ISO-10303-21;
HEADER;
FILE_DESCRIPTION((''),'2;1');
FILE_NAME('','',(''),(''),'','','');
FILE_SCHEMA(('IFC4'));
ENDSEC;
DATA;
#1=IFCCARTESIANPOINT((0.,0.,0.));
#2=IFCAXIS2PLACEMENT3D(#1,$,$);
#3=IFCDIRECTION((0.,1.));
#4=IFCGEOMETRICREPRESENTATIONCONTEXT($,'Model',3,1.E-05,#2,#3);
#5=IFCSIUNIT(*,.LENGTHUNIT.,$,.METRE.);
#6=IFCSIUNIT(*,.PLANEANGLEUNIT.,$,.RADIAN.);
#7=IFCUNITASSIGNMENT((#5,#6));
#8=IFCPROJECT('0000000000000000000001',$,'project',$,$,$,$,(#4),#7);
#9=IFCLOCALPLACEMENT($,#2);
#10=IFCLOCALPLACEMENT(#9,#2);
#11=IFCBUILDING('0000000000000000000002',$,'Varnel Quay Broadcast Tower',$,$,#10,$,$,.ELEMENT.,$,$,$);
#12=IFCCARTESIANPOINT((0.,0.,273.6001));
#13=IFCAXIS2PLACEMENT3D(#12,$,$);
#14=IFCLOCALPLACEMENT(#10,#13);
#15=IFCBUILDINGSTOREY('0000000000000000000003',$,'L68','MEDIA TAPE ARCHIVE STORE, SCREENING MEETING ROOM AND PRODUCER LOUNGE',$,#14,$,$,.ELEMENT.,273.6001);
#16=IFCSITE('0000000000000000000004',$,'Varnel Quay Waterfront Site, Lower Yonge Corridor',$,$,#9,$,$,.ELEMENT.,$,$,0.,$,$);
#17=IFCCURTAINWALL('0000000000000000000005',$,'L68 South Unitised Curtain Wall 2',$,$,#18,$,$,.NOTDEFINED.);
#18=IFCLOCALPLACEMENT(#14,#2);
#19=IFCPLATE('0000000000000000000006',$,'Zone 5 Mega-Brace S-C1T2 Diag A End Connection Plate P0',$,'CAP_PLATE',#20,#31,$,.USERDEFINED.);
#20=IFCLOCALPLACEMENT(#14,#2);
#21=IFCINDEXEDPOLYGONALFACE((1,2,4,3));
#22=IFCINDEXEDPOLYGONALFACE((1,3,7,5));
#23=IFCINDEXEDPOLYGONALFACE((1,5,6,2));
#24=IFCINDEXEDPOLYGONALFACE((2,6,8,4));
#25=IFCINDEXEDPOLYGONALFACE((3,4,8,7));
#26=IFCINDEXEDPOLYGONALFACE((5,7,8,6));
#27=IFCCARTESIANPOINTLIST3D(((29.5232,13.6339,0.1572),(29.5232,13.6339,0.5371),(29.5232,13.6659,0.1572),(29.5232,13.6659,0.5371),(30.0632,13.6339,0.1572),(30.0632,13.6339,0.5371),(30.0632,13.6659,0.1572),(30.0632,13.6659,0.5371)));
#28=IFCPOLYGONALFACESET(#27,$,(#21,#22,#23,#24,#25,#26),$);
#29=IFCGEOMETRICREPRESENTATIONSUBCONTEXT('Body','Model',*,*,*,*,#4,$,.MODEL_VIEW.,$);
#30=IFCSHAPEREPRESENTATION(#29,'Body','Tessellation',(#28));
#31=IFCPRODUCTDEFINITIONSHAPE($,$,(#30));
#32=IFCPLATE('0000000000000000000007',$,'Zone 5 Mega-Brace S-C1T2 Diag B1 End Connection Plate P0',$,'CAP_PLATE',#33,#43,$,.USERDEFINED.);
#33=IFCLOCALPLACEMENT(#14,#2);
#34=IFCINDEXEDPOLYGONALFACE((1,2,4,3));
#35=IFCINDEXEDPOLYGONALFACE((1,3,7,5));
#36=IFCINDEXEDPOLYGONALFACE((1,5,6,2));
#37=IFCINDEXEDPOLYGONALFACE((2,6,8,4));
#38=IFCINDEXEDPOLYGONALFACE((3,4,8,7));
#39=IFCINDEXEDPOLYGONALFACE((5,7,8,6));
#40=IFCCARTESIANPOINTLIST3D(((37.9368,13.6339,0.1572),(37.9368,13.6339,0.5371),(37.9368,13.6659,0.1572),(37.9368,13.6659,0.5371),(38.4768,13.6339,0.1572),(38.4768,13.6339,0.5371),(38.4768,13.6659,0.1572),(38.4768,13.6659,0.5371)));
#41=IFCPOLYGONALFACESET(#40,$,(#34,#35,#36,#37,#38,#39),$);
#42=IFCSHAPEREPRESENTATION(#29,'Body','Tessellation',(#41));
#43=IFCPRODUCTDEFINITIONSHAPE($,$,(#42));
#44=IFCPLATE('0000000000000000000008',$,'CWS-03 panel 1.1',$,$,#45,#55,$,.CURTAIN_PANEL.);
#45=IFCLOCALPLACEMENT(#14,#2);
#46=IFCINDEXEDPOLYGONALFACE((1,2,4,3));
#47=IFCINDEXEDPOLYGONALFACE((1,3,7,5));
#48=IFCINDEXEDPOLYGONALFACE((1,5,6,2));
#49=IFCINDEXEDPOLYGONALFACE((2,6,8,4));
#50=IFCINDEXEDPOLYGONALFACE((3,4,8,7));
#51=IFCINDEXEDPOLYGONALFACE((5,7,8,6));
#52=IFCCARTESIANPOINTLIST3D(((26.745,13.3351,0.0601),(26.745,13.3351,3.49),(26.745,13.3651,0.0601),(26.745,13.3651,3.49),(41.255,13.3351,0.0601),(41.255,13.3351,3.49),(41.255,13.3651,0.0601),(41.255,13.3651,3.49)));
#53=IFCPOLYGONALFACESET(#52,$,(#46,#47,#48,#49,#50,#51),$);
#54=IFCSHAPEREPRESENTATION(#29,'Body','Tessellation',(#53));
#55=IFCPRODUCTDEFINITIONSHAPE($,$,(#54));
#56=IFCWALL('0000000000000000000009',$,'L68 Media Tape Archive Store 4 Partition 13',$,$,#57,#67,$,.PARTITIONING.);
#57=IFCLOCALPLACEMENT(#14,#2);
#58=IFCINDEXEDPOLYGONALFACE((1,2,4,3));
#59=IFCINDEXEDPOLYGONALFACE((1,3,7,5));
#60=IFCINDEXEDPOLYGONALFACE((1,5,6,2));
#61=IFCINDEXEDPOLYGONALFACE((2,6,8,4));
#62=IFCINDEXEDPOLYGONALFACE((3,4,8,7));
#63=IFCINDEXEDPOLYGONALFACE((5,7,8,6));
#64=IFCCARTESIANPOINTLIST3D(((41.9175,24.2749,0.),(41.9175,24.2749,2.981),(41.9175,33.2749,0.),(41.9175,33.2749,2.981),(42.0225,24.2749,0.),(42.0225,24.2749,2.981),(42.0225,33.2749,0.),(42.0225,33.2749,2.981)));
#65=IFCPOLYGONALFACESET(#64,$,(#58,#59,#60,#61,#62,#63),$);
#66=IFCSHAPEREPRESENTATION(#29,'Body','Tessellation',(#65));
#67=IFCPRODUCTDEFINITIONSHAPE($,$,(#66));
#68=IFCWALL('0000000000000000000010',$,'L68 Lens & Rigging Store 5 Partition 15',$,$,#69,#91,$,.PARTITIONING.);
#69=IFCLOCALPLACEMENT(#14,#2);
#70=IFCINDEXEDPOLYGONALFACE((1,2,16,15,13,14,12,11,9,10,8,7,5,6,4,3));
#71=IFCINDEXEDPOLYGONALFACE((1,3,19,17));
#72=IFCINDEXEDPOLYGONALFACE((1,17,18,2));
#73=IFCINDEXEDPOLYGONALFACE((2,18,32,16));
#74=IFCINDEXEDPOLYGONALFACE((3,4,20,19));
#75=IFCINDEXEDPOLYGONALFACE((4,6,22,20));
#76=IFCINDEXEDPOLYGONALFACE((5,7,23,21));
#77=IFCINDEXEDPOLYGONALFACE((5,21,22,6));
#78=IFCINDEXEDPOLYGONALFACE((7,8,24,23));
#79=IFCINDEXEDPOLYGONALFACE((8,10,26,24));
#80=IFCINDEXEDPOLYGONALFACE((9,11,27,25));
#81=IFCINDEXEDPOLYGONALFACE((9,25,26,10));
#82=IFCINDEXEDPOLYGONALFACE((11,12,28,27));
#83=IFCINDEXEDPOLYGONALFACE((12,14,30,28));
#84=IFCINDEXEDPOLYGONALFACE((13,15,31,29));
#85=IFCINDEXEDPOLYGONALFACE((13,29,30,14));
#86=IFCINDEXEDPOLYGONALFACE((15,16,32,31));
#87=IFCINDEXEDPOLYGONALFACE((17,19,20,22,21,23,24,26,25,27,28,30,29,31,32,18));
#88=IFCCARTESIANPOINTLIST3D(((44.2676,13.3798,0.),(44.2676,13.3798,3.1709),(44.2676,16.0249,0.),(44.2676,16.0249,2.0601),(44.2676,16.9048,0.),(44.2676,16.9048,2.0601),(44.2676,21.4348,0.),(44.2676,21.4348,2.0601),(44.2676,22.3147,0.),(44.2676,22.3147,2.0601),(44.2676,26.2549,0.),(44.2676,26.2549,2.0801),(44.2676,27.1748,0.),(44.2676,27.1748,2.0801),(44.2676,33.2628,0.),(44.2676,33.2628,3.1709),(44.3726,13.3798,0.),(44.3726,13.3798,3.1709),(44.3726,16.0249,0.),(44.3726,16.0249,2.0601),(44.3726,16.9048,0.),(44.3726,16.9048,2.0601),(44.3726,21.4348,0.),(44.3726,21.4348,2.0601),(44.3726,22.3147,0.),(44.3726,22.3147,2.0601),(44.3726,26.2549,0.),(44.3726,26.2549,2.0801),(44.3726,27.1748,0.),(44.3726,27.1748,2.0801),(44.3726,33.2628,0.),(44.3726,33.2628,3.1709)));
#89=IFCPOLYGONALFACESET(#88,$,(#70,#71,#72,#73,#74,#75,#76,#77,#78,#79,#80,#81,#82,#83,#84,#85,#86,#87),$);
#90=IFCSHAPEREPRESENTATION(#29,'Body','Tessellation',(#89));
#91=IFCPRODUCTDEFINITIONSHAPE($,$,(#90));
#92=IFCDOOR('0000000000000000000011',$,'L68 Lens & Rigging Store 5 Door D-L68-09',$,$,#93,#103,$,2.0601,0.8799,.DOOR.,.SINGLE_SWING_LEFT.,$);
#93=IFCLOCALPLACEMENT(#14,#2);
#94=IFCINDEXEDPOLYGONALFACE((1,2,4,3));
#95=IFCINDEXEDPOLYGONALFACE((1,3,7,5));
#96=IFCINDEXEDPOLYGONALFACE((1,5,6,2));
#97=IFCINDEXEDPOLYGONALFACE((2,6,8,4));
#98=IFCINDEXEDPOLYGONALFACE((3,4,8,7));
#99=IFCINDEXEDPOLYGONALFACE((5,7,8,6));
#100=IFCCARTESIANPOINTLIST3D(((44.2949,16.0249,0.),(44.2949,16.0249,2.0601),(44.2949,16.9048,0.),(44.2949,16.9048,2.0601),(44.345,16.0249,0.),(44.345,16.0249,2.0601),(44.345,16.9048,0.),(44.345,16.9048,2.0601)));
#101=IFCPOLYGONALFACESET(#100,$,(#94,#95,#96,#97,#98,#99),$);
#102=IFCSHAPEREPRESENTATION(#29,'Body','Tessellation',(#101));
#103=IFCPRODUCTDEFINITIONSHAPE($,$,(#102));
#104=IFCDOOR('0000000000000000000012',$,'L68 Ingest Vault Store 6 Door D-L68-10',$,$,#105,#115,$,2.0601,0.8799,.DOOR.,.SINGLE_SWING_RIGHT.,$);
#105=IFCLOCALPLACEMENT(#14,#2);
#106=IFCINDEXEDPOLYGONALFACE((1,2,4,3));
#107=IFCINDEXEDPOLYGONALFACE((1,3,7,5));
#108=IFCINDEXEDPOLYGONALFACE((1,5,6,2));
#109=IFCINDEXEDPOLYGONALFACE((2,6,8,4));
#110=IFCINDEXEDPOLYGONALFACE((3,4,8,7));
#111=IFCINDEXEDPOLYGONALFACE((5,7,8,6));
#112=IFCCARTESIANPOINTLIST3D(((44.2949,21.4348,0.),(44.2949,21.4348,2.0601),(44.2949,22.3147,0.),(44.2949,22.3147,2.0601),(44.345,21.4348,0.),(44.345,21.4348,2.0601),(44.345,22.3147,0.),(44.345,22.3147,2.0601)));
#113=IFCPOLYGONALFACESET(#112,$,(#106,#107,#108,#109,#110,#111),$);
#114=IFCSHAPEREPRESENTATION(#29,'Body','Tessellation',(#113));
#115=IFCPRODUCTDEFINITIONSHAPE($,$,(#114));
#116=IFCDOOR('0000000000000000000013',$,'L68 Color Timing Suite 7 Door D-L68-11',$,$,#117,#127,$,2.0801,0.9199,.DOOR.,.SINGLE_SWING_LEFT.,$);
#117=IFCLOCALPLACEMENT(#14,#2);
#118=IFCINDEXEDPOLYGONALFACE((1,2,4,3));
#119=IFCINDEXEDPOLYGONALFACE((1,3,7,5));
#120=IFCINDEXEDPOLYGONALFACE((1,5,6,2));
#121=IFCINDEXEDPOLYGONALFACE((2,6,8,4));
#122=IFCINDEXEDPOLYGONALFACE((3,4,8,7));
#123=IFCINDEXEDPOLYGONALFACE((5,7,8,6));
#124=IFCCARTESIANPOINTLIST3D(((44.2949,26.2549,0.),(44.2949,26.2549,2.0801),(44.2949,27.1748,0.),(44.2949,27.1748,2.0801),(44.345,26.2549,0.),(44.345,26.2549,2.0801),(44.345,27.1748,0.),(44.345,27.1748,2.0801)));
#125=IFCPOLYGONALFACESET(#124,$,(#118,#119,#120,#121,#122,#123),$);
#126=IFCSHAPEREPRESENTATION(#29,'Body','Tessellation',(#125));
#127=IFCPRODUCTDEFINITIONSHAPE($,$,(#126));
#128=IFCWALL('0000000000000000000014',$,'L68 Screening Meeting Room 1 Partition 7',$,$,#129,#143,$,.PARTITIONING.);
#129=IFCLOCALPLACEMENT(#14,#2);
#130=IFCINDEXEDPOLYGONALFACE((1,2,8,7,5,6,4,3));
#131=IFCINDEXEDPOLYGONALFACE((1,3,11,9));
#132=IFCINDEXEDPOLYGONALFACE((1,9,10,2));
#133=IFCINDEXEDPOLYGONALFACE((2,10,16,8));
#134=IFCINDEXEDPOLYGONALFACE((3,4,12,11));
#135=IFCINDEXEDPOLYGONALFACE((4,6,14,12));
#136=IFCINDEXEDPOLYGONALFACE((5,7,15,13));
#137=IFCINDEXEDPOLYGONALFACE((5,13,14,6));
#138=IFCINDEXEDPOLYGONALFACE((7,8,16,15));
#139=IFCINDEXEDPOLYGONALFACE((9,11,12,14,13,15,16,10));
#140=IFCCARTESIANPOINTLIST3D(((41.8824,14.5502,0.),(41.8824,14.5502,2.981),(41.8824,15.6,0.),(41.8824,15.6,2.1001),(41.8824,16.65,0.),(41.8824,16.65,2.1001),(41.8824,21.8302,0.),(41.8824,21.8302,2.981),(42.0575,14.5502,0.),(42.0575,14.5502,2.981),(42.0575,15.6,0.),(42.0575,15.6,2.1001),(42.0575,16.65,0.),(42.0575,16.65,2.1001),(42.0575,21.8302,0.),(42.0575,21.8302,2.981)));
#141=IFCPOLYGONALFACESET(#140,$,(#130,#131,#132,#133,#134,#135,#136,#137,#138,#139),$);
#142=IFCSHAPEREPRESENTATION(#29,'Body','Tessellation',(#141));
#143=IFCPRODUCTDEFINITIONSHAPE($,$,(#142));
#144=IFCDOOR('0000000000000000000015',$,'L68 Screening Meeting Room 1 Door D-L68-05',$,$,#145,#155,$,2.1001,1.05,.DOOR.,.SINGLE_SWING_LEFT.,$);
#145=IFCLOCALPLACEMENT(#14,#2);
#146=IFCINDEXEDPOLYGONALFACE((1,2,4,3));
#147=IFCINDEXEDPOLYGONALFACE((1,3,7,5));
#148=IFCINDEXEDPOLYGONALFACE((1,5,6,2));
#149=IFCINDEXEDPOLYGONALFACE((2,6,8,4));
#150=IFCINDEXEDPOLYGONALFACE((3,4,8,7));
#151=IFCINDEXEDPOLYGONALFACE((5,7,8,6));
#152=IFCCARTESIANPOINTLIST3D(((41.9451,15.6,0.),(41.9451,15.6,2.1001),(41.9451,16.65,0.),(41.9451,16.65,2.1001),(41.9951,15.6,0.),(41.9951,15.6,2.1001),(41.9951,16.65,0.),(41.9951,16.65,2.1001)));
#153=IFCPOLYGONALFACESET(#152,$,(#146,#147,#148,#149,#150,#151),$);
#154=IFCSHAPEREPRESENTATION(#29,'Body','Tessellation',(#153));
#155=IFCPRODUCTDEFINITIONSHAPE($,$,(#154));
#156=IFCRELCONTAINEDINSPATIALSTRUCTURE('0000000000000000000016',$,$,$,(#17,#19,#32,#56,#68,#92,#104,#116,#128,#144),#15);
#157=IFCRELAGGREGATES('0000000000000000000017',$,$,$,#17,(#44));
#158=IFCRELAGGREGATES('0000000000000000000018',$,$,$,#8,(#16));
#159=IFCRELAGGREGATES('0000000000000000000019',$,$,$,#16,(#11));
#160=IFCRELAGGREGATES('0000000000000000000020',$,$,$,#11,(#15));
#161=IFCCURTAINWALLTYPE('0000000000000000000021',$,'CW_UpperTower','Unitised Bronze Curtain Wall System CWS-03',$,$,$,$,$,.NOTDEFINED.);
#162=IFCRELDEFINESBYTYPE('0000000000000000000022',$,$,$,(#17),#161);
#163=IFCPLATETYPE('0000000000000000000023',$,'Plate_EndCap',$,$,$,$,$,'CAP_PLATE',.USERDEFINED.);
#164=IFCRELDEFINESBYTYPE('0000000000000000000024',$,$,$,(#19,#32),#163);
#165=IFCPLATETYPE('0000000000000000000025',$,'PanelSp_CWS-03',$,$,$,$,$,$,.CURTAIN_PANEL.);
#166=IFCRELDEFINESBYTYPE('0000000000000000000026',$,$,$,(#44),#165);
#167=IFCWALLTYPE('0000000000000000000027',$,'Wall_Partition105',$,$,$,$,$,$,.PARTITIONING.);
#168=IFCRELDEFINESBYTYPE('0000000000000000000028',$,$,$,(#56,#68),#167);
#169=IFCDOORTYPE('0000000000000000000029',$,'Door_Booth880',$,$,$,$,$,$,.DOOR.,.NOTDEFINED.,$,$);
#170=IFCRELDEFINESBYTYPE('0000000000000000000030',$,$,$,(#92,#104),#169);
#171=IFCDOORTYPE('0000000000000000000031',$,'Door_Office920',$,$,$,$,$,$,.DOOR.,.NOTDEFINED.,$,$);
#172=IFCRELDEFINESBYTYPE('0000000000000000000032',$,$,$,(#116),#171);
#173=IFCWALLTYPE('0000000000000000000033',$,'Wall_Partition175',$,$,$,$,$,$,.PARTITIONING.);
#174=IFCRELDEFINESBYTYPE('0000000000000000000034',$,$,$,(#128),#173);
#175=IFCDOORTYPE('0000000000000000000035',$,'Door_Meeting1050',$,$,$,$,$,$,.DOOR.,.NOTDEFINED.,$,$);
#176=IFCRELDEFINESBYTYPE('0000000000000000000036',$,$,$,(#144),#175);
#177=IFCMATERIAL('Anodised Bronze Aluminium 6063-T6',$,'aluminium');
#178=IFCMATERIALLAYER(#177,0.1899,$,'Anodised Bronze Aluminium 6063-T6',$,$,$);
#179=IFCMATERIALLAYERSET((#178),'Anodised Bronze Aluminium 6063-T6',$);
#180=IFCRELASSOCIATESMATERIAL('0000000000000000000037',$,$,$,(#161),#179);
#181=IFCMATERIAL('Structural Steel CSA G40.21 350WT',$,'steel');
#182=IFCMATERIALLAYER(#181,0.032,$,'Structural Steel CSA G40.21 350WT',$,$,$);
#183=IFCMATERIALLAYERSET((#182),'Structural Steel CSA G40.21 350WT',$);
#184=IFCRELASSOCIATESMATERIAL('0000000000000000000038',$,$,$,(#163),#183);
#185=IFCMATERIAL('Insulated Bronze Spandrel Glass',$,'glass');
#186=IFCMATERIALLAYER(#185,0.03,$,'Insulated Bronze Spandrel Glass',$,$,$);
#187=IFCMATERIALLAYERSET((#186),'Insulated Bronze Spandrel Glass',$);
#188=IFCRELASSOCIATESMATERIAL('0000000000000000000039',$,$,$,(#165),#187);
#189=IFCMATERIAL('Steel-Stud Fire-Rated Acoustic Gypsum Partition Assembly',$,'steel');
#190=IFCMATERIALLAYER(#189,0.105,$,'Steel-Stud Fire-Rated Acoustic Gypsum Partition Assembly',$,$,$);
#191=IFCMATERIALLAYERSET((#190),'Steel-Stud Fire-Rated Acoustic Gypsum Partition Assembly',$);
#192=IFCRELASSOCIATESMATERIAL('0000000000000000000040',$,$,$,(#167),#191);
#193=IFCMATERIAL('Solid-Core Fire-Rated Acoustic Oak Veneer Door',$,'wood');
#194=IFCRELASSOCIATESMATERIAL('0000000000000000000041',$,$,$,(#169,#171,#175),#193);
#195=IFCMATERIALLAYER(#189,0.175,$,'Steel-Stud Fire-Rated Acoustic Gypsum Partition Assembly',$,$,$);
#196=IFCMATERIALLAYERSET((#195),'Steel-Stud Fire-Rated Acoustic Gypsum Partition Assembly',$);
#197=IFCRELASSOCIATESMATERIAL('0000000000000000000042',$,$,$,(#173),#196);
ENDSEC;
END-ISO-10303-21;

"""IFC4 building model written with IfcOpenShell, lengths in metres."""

from ifc_helpers import new_model, si_unit, direction, frame, frame_2d, origin, origin_2d, place, context, subcontext, project, spatial, rectangle, extrude, source, transform, mapped, material, layer, layer_set, type_object, type_shapes, element, fill, aggregate, save


model = new_model("IFC4")

# Units and contexts
model_context = context("Model", 3, precision=1e-05, world=origin(), true_north=direction((0.0, 1.0)))
body_context = subcontext(model_context, "Body", "Model", "MODEL_VIEW")
ifc_project = project(units=[si_unit("LENGTHUNIT", "METRE"), si_unit("PLANEANGLEUNIT", "RADIAN")], contexts=[model_context])

# Site, building, storey
site_placement = place(None, origin())
site = spatial("IfcSite", under=ifc_project, at=site_placement, Name="Varnel Quay Waterfront Site, Lower Yonge Corridor", CompositionType="ELEMENT", RefElevation=0.0)
building_placement = place(site_placement, origin())
building = spatial("IfcBuilding", under=site, at=building_placement, Name="Varnel Quay Broadcast Tower", CompositionType="ELEMENT")
storey_placement = place(building_placement, frame((0.0, 0.0, 273.6001)))
storey = spatial("IfcBuildingStorey", under=building, at=storey_placement, Name="L68", Description="MEDIA TAPE ARCHIVE STORE, SCREENING MEETING ROOM AND PRODUCER LOUNGE", CompositionType="ELEMENT", Elevation=273.6001)

# Curtain wall
ifc_material_1 = material(Name="Anodised Bronze Aluminium 6063-T6", Category="aluminium")
ifc_layer_1 = layer(ifc_material_1, 0.1899, Name="Anodised Bronze Aluminium 6063-T6")
ifc_layer_set_1 = layer_set([ifc_layer_1], Name="Anodised Bronze Aluminium 6063-T6")
curtain_wall_type = type_object("IfcCurtainWallType", Name="CW_UpperTower", Description="Unitised Bronze Curtain Wall System CWS-03", PredefinedType="NOTDEFINED", material=ifc_layer_set_1)
curtain_wall_1_placement = place(storey_placement, origin())
curtain_wall_1 = element("IfcCurtainWall", 1, at=curtain_wall_1_placement, inside=storey, type_object=curtain_wall_type, Name="L68 South Unitised Curtain Wall 2", PredefinedType="NOTDEFINED")

# Plates
ifc_material_2 = material(Name="Structural Steel CSA G40.21 350WT", Category="steel")
ifc_layer_2 = layer(ifc_material_2, 0.032, Name="Structural Steel CSA G40.21 350WT")
ifc_layer_set_2 = layer_set([ifc_layer_2], Name="Structural Steel CSA G40.21 350WT")
plate_type_1 = type_object("IfcPlateType", Name="Plate_EndCap", ElementType="CAP_PLATE", PredefinedType="USERDEFINED", material=ifc_layer_set_2)
shared_shape_1 = source(origin(), body_context, "Body", "SweptSolid", [
    extrude(rectangle(XDim=0.54, YDim=0.032, at=origin_2d()), origin(), (0.0, 0.0, 1.0), 0.3799),
])
type_shapes(plate_type_1, [shared_shape_1])
for number, where, z_axis, x_axis, name in (
    (2, (29.7932, 13.6499, 0.1572), (0.0, 0.0, 1.0), (1.0, 0.0, 0.0), "Zone 5 Mega-Brace S-C1T2 Diag A End Connection Plate P0"),
    (3, (38.2068, 13.6499, 0.1572), (0.0, 0.0, 1.0), (1.0, 0.0, 0.0), "Zone 5 Mega-Brace S-C1T2 Diag B1 End Connection Plate P0"),
):
    element("IfcPlate", number, at=place(storey_placement, frame(where, z_axis=z_axis, x_axis=x_axis)), inside=storey, type_object=plate_type_1, Name=name, ObjectType="CAP_PLATE", PredefinedType="USERDEFINED", context=body_context, shape_type="MappedRepresentation", body=[
        mapped(shared_shape_1, transform((0.0, 0.0, 0.0), x_axis=(1.0, 0.0, 0.0), y_axis=(0.0, 1.0, 0.0), z_axis=(0.0, 0.0, 1.0), scale=1.0)),
    ])

# Plate
ifc_material_3 = material(Name="Insulated Bronze Spandrel Glass", Category="glass")
ifc_layer_3 = layer(ifc_material_3, 0.03, Name="Insulated Bronze Spandrel Glass")
ifc_layer_set_3 = layer_set([ifc_layer_3], Name="Insulated Bronze Spandrel Glass")
plate_type_2 = type_object("IfcPlateType", Name="PanelSp_CWS-03", PredefinedType="CURTAIN_PANEL", material=ifc_layer_set_3)
shared_shape_2 = source(origin(), body_context, "Body", "SweptSolid", [
    extrude(rectangle(XDim=14.51, YDim=0.03, at=origin_2d()), origin(), (0.0, 0.0, 1.0), 3.4299),
])
type_shapes(plate_type_2, [shared_shape_2])
plate_placement = place(storey_placement, frame((34.0, 13.3501, 0.0601), z_axis=(0.0, 0.0, 1.0), x_axis=(1.0, 0.0, 0.0)))
plate = element("IfcPlate", 4, at=plate_placement, type_object=plate_type_2, Name="CWS-03 panel 1.1", PredefinedType="CURTAIN_PANEL", context=body_context, shape_type="MappedRepresentation", body=[
    mapped(shared_shape_2, transform((0.0, 0.0, 0.0), x_axis=(1.0, 0.0, 0.0), y_axis=(0.0, 1.0, 0.0), z_axis=(0.0, 0.0, 1.0), scale=1.0)),
])
aggregate(curtain_wall_1, [plate])

# Wall
ifc_material_4 = material(Name="Steel-Stud Fire-Rated Acoustic Gypsum Partition Assembly", Category="steel")
ifc_layer_4 = layer(ifc_material_4, 0.105, Name="Steel-Stud Fire-Rated Acoustic Gypsum Partition Assembly")
ifc_layer_set_4 = layer_set([ifc_layer_4], Name="Steel-Stud Fire-Rated Acoustic Gypsum Partition Assembly")
wall_type_1 = type_object("IfcWallType", Name="Wall_Partition105", PredefinedType="PARTITIONING", material=ifc_layer_set_4)
wall_1_placement = place(storey_placement, frame((41.97, 24.2749, 0.0), z_axis=(0.0, 0.0, 1.0), x_axis=(0.0, 1.0, 0.0)))
element("IfcWall", 5, at=wall_1_placement, inside=storey, type_object=wall_type_1, Name="L68 Media Tape Archive Store 4 Partition 13", PredefinedType="PARTITIONING", context=body_context, shape_type="SweptSolid", body=[
    extrude(rectangle(XDim=9.0, YDim=0.105, at=frame_2d((4.5, 0.0))), origin(), (0.0, 0.0, 1.0), 2.981),
])

# Wall, openings, doors
wall_2_placement = place(storey_placement, frame((44.3201, 13.3799, 0.0), z_axis=(0.0, 0.0, 1.0), x_axis=(0.0, 1.0, 0.0)))
wall_2 = element("IfcWall", 6, at=wall_2_placement, inside=storey, type_object=wall_type_1, Name="L68 Lens & Rigging Store 5 Partition 15", PredefinedType="PARTITIONING", context=body_context, shape_type="SweptSolid", body=[
    extrude(rectangle(XDim=19.8831, YDim=0.105, at=frame_2d((9.9414, 0.0))), origin(), (0.0, 0.0, 1.0), 3.1709),
])
opening_1_placement = place(wall_2_placement, frame((2.645, 0.0, 0.0)))
opening_1 = element("IfcOpeningElement", 7, at=opening_1_placement, cuts=wall_2, PredefinedType="OPENING", context=body_context, shape_type="SweptSolid", body=[
    extrude(rectangle(XDim=0.8799, YDim=2.0601, at=frame_2d((0.4399, 1.03))), frame((0.0, 0.0625, 0.0), z_axis=(0.0, -1.0, 0.0), x_axis=(1.0, 0.0, 0.0)), (0.0, 0.0, 1.0), 0.125),
])
opening_2_placement = place(wall_2_placement, frame((8.0549, 0.0, 0.0)))
opening_2 = element("IfcOpeningElement", 8, at=opening_2_placement, cuts=wall_2, PredefinedType="OPENING", context=body_context, shape_type="SweptSolid", body=[
    extrude(rectangle(XDim=0.8799, YDim=2.0601, at=frame_2d((0.4399, 1.03))), frame((0.0, 0.0625, 0.0), z_axis=(0.0, -1.0, 0.0), x_axis=(1.0, 0.0, 0.0)), (0.0, 0.0, 1.0), 0.125),
])
opening_3_placement = place(wall_2_placement, frame((12.875, 0.0, 0.0)))
opening_3 = element("IfcOpeningElement", 9, at=opening_3_placement, cuts=wall_2, PredefinedType="OPENING", context=body_context, shape_type="SweptSolid", body=[
    extrude(rectangle(XDim=0.9199, YDim=2.0801, at=frame_2d((0.46, 1.04))), frame((0.0, 0.0625, 0.0), z_axis=(0.0, -1.0, 0.0), x_axis=(1.0, 0.0, 0.0)), (0.0, 0.0, 1.0), 0.125),
])
ifc_material_5 = material(Name="Solid-Core Fire-Rated Acoustic Oak Veneer Door", Category="wood")
door_type_1 = type_object("IfcDoorType", Name="Door_Booth880", OperationType="NOTDEFINED", PredefinedType="DOOR", material=ifc_material_5)
shared_shape_3 = source(origin(), body_context, "Body", "SweptSolid", [
    extrude(rectangle(XDim=0.8799, YDim=2.0601, at=frame_2d((0.4399, 1.03))), frame((0.0, 0.0249, 0.0), z_axis=(0.0, -1.0, 0.0), x_axis=(1.0, 0.0, 0.0)), (0.0, 0.0, 1.0), 0.05),
])
type_shapes(door_type_1, [shared_shape_3])
door_1_placement = place(opening_1_placement, frame((0.8799, 0.0, 0.0), z_axis=(0.0, 0.0, 1.0), x_axis=(-1.0, 0.0, 0.0)))
door_1 = element("IfcDoor", 10, at=door_1_placement, inside=storey, type_object=door_type_1, Name="L68 Lens & Rigging Store 5 Door D-L68-09", OperationType="SINGLE_SWING_LEFT", OverallHeight=2.0601, OverallWidth=0.8799, PredefinedType="DOOR", context=body_context, shape_type="MappedRepresentation", body=[
    mapped(shared_shape_3, transform((0.0, 0.0, 0.0), x_axis=(1.0, 0.0, 0.0), y_axis=(0.0, 1.0, 0.0), z_axis=(0.0, 0.0, 1.0), scale=1.0)),
])
fill(opening_1, door_1)
door_2_placement = place(opening_2_placement, frame((0.8799, 0.0, 0.0), z_axis=(0.0, 0.0, 1.0), x_axis=(-1.0, 0.0, 0.0)))
door_2 = element("IfcDoor", 11, at=door_2_placement, inside=storey, type_object=door_type_1, Name="L68 Ingest Vault Store 6 Door D-L68-10", OperationType="SINGLE_SWING_RIGHT", OverallHeight=2.0601, OverallWidth=0.8799, PredefinedType="DOOR", context=body_context, shape_type="MappedRepresentation", body=[
    mapped(shared_shape_3, transform((0.0, 0.0, 0.0), x_axis=(1.0, 0.0, 0.0), y_axis=(0.0, 1.0, 0.0), z_axis=(0.0, 0.0, 1.0), scale=1.0)),
])
fill(opening_2, door_2)
door_type_2 = type_object("IfcDoorType", Name="Door_Office920", OperationType="NOTDEFINED", PredefinedType="DOOR", material=ifc_material_5)
shared_shape_4 = source(origin(), body_context, "Body", "SweptSolid", [
    extrude(rectangle(XDim=0.9199, YDim=2.0801, at=frame_2d((0.46, 1.04))), frame((0.0, 0.0249, 0.0), z_axis=(0.0, -1.0, 0.0), x_axis=(1.0, 0.0, 0.0)), (0.0, 0.0, 1.0), 0.05),
])
type_shapes(door_type_2, [shared_shape_4])
door_3_placement = place(opening_3_placement, frame((0.9199, 0.0, 0.0), z_axis=(0.0, 0.0, 1.0), x_axis=(-1.0, 0.0, 0.0)))
door_3 = element("IfcDoor", 12, at=door_3_placement, inside=storey, type_object=door_type_2, Name="L68 Color Timing Suite 7 Door D-L68-11", OperationType="SINGLE_SWING_LEFT", OverallHeight=2.0801, OverallWidth=0.9199, PredefinedType="DOOR", context=body_context, shape_type="MappedRepresentation", body=[
    mapped(shared_shape_4, transform((0.0, 0.0, 0.0), x_axis=(1.0, 0.0, 0.0), y_axis=(0.0, 1.0, 0.0), z_axis=(0.0, 0.0, 1.0), scale=1.0)),
])
fill(opening_3, door_3)

# Wall, opening, door
ifc_layer_5 = layer(ifc_material_4, 0.175, Name="Steel-Stud Fire-Rated Acoustic Gypsum Partition Assembly")
ifc_layer_set_5 = layer_set([ifc_layer_5], Name="Steel-Stud Fire-Rated Acoustic Gypsum Partition Assembly")
wall_type_2 = type_object("IfcWallType", Name="Wall_Partition175", PredefinedType="PARTITIONING", material=ifc_layer_set_5)
wall_3_placement = place(storey_placement, frame((41.97, 14.55, 0.0), z_axis=(0.0, 0.0, 1.0), x_axis=(0.0, 1.0, 0.0)))
wall_3 = element("IfcWall", 13, at=wall_3_placement, inside=storey, type_object=wall_type_2, Name="L68 Screening Meeting Room 1 Partition 7", PredefinedType="PARTITIONING", context=body_context, shape_type="SweptSolid", body=[
    extrude(rectangle(XDim=7.28, YDim=0.175, at=frame_2d((3.6401, 0.0))), origin(), (0.0, 0.0, 1.0), 2.981),
])
opening_4_placement = place(wall_3_placement, frame((1.05, 0.0, 0.0)))
opening_4 = element("IfcOpeningElement", 14, at=opening_4_placement, cuts=wall_3, PredefinedType="OPENING", context=body_context, shape_type="SweptSolid", body=[
    extrude(rectangle(XDim=1.05, YDim=2.1001, at=frame_2d((0.5249, 1.05))), frame((0.0, 0.0977, 0.0), z_axis=(0.0, -1.0, 0.0), x_axis=(1.0, 0.0, 0.0)), (0.0, 0.0, 1.0), 0.1951),
])
door_type_3 = type_object("IfcDoorType", Name="Door_Meeting1050", OperationType="NOTDEFINED", PredefinedType="DOOR", material=ifc_material_5)
shared_shape_5 = source(origin(), body_context, "Body", "SweptSolid", [
    extrude(rectangle(XDim=1.05, YDim=2.1001, at=frame_2d((0.5249, 1.05))), frame((0.0, 0.0249, 0.0), z_axis=(0.0, -1.0, 0.0), x_axis=(1.0, 0.0, 0.0)), (0.0, 0.0, 1.0), 0.05),
])
type_shapes(door_type_3, [shared_shape_5])
door_4_placement = place(opening_4_placement, origin())
door_4 = element("IfcDoor", 15, at=door_4_placement, inside=storey, type_object=door_type_3, Name="L68 Screening Meeting Room 1 Door D-L68-05", OperationType="SINGLE_SWING_LEFT", OverallHeight=2.1001, OverallWidth=1.05, PredefinedType="DOOR", context=body_context, shape_type="MappedRepresentation", body=[
    mapped(shared_shape_5, transform((0.0, 0.0, 0.0), x_axis=(1.0, 0.0, 0.0), y_axis=(0.0, 1.0, 0.0), z_axis=(0.0, 0.0, 1.0), scale=1.0)),
])
fill(opening_4, door_4)

save(model, "model.ifc")
